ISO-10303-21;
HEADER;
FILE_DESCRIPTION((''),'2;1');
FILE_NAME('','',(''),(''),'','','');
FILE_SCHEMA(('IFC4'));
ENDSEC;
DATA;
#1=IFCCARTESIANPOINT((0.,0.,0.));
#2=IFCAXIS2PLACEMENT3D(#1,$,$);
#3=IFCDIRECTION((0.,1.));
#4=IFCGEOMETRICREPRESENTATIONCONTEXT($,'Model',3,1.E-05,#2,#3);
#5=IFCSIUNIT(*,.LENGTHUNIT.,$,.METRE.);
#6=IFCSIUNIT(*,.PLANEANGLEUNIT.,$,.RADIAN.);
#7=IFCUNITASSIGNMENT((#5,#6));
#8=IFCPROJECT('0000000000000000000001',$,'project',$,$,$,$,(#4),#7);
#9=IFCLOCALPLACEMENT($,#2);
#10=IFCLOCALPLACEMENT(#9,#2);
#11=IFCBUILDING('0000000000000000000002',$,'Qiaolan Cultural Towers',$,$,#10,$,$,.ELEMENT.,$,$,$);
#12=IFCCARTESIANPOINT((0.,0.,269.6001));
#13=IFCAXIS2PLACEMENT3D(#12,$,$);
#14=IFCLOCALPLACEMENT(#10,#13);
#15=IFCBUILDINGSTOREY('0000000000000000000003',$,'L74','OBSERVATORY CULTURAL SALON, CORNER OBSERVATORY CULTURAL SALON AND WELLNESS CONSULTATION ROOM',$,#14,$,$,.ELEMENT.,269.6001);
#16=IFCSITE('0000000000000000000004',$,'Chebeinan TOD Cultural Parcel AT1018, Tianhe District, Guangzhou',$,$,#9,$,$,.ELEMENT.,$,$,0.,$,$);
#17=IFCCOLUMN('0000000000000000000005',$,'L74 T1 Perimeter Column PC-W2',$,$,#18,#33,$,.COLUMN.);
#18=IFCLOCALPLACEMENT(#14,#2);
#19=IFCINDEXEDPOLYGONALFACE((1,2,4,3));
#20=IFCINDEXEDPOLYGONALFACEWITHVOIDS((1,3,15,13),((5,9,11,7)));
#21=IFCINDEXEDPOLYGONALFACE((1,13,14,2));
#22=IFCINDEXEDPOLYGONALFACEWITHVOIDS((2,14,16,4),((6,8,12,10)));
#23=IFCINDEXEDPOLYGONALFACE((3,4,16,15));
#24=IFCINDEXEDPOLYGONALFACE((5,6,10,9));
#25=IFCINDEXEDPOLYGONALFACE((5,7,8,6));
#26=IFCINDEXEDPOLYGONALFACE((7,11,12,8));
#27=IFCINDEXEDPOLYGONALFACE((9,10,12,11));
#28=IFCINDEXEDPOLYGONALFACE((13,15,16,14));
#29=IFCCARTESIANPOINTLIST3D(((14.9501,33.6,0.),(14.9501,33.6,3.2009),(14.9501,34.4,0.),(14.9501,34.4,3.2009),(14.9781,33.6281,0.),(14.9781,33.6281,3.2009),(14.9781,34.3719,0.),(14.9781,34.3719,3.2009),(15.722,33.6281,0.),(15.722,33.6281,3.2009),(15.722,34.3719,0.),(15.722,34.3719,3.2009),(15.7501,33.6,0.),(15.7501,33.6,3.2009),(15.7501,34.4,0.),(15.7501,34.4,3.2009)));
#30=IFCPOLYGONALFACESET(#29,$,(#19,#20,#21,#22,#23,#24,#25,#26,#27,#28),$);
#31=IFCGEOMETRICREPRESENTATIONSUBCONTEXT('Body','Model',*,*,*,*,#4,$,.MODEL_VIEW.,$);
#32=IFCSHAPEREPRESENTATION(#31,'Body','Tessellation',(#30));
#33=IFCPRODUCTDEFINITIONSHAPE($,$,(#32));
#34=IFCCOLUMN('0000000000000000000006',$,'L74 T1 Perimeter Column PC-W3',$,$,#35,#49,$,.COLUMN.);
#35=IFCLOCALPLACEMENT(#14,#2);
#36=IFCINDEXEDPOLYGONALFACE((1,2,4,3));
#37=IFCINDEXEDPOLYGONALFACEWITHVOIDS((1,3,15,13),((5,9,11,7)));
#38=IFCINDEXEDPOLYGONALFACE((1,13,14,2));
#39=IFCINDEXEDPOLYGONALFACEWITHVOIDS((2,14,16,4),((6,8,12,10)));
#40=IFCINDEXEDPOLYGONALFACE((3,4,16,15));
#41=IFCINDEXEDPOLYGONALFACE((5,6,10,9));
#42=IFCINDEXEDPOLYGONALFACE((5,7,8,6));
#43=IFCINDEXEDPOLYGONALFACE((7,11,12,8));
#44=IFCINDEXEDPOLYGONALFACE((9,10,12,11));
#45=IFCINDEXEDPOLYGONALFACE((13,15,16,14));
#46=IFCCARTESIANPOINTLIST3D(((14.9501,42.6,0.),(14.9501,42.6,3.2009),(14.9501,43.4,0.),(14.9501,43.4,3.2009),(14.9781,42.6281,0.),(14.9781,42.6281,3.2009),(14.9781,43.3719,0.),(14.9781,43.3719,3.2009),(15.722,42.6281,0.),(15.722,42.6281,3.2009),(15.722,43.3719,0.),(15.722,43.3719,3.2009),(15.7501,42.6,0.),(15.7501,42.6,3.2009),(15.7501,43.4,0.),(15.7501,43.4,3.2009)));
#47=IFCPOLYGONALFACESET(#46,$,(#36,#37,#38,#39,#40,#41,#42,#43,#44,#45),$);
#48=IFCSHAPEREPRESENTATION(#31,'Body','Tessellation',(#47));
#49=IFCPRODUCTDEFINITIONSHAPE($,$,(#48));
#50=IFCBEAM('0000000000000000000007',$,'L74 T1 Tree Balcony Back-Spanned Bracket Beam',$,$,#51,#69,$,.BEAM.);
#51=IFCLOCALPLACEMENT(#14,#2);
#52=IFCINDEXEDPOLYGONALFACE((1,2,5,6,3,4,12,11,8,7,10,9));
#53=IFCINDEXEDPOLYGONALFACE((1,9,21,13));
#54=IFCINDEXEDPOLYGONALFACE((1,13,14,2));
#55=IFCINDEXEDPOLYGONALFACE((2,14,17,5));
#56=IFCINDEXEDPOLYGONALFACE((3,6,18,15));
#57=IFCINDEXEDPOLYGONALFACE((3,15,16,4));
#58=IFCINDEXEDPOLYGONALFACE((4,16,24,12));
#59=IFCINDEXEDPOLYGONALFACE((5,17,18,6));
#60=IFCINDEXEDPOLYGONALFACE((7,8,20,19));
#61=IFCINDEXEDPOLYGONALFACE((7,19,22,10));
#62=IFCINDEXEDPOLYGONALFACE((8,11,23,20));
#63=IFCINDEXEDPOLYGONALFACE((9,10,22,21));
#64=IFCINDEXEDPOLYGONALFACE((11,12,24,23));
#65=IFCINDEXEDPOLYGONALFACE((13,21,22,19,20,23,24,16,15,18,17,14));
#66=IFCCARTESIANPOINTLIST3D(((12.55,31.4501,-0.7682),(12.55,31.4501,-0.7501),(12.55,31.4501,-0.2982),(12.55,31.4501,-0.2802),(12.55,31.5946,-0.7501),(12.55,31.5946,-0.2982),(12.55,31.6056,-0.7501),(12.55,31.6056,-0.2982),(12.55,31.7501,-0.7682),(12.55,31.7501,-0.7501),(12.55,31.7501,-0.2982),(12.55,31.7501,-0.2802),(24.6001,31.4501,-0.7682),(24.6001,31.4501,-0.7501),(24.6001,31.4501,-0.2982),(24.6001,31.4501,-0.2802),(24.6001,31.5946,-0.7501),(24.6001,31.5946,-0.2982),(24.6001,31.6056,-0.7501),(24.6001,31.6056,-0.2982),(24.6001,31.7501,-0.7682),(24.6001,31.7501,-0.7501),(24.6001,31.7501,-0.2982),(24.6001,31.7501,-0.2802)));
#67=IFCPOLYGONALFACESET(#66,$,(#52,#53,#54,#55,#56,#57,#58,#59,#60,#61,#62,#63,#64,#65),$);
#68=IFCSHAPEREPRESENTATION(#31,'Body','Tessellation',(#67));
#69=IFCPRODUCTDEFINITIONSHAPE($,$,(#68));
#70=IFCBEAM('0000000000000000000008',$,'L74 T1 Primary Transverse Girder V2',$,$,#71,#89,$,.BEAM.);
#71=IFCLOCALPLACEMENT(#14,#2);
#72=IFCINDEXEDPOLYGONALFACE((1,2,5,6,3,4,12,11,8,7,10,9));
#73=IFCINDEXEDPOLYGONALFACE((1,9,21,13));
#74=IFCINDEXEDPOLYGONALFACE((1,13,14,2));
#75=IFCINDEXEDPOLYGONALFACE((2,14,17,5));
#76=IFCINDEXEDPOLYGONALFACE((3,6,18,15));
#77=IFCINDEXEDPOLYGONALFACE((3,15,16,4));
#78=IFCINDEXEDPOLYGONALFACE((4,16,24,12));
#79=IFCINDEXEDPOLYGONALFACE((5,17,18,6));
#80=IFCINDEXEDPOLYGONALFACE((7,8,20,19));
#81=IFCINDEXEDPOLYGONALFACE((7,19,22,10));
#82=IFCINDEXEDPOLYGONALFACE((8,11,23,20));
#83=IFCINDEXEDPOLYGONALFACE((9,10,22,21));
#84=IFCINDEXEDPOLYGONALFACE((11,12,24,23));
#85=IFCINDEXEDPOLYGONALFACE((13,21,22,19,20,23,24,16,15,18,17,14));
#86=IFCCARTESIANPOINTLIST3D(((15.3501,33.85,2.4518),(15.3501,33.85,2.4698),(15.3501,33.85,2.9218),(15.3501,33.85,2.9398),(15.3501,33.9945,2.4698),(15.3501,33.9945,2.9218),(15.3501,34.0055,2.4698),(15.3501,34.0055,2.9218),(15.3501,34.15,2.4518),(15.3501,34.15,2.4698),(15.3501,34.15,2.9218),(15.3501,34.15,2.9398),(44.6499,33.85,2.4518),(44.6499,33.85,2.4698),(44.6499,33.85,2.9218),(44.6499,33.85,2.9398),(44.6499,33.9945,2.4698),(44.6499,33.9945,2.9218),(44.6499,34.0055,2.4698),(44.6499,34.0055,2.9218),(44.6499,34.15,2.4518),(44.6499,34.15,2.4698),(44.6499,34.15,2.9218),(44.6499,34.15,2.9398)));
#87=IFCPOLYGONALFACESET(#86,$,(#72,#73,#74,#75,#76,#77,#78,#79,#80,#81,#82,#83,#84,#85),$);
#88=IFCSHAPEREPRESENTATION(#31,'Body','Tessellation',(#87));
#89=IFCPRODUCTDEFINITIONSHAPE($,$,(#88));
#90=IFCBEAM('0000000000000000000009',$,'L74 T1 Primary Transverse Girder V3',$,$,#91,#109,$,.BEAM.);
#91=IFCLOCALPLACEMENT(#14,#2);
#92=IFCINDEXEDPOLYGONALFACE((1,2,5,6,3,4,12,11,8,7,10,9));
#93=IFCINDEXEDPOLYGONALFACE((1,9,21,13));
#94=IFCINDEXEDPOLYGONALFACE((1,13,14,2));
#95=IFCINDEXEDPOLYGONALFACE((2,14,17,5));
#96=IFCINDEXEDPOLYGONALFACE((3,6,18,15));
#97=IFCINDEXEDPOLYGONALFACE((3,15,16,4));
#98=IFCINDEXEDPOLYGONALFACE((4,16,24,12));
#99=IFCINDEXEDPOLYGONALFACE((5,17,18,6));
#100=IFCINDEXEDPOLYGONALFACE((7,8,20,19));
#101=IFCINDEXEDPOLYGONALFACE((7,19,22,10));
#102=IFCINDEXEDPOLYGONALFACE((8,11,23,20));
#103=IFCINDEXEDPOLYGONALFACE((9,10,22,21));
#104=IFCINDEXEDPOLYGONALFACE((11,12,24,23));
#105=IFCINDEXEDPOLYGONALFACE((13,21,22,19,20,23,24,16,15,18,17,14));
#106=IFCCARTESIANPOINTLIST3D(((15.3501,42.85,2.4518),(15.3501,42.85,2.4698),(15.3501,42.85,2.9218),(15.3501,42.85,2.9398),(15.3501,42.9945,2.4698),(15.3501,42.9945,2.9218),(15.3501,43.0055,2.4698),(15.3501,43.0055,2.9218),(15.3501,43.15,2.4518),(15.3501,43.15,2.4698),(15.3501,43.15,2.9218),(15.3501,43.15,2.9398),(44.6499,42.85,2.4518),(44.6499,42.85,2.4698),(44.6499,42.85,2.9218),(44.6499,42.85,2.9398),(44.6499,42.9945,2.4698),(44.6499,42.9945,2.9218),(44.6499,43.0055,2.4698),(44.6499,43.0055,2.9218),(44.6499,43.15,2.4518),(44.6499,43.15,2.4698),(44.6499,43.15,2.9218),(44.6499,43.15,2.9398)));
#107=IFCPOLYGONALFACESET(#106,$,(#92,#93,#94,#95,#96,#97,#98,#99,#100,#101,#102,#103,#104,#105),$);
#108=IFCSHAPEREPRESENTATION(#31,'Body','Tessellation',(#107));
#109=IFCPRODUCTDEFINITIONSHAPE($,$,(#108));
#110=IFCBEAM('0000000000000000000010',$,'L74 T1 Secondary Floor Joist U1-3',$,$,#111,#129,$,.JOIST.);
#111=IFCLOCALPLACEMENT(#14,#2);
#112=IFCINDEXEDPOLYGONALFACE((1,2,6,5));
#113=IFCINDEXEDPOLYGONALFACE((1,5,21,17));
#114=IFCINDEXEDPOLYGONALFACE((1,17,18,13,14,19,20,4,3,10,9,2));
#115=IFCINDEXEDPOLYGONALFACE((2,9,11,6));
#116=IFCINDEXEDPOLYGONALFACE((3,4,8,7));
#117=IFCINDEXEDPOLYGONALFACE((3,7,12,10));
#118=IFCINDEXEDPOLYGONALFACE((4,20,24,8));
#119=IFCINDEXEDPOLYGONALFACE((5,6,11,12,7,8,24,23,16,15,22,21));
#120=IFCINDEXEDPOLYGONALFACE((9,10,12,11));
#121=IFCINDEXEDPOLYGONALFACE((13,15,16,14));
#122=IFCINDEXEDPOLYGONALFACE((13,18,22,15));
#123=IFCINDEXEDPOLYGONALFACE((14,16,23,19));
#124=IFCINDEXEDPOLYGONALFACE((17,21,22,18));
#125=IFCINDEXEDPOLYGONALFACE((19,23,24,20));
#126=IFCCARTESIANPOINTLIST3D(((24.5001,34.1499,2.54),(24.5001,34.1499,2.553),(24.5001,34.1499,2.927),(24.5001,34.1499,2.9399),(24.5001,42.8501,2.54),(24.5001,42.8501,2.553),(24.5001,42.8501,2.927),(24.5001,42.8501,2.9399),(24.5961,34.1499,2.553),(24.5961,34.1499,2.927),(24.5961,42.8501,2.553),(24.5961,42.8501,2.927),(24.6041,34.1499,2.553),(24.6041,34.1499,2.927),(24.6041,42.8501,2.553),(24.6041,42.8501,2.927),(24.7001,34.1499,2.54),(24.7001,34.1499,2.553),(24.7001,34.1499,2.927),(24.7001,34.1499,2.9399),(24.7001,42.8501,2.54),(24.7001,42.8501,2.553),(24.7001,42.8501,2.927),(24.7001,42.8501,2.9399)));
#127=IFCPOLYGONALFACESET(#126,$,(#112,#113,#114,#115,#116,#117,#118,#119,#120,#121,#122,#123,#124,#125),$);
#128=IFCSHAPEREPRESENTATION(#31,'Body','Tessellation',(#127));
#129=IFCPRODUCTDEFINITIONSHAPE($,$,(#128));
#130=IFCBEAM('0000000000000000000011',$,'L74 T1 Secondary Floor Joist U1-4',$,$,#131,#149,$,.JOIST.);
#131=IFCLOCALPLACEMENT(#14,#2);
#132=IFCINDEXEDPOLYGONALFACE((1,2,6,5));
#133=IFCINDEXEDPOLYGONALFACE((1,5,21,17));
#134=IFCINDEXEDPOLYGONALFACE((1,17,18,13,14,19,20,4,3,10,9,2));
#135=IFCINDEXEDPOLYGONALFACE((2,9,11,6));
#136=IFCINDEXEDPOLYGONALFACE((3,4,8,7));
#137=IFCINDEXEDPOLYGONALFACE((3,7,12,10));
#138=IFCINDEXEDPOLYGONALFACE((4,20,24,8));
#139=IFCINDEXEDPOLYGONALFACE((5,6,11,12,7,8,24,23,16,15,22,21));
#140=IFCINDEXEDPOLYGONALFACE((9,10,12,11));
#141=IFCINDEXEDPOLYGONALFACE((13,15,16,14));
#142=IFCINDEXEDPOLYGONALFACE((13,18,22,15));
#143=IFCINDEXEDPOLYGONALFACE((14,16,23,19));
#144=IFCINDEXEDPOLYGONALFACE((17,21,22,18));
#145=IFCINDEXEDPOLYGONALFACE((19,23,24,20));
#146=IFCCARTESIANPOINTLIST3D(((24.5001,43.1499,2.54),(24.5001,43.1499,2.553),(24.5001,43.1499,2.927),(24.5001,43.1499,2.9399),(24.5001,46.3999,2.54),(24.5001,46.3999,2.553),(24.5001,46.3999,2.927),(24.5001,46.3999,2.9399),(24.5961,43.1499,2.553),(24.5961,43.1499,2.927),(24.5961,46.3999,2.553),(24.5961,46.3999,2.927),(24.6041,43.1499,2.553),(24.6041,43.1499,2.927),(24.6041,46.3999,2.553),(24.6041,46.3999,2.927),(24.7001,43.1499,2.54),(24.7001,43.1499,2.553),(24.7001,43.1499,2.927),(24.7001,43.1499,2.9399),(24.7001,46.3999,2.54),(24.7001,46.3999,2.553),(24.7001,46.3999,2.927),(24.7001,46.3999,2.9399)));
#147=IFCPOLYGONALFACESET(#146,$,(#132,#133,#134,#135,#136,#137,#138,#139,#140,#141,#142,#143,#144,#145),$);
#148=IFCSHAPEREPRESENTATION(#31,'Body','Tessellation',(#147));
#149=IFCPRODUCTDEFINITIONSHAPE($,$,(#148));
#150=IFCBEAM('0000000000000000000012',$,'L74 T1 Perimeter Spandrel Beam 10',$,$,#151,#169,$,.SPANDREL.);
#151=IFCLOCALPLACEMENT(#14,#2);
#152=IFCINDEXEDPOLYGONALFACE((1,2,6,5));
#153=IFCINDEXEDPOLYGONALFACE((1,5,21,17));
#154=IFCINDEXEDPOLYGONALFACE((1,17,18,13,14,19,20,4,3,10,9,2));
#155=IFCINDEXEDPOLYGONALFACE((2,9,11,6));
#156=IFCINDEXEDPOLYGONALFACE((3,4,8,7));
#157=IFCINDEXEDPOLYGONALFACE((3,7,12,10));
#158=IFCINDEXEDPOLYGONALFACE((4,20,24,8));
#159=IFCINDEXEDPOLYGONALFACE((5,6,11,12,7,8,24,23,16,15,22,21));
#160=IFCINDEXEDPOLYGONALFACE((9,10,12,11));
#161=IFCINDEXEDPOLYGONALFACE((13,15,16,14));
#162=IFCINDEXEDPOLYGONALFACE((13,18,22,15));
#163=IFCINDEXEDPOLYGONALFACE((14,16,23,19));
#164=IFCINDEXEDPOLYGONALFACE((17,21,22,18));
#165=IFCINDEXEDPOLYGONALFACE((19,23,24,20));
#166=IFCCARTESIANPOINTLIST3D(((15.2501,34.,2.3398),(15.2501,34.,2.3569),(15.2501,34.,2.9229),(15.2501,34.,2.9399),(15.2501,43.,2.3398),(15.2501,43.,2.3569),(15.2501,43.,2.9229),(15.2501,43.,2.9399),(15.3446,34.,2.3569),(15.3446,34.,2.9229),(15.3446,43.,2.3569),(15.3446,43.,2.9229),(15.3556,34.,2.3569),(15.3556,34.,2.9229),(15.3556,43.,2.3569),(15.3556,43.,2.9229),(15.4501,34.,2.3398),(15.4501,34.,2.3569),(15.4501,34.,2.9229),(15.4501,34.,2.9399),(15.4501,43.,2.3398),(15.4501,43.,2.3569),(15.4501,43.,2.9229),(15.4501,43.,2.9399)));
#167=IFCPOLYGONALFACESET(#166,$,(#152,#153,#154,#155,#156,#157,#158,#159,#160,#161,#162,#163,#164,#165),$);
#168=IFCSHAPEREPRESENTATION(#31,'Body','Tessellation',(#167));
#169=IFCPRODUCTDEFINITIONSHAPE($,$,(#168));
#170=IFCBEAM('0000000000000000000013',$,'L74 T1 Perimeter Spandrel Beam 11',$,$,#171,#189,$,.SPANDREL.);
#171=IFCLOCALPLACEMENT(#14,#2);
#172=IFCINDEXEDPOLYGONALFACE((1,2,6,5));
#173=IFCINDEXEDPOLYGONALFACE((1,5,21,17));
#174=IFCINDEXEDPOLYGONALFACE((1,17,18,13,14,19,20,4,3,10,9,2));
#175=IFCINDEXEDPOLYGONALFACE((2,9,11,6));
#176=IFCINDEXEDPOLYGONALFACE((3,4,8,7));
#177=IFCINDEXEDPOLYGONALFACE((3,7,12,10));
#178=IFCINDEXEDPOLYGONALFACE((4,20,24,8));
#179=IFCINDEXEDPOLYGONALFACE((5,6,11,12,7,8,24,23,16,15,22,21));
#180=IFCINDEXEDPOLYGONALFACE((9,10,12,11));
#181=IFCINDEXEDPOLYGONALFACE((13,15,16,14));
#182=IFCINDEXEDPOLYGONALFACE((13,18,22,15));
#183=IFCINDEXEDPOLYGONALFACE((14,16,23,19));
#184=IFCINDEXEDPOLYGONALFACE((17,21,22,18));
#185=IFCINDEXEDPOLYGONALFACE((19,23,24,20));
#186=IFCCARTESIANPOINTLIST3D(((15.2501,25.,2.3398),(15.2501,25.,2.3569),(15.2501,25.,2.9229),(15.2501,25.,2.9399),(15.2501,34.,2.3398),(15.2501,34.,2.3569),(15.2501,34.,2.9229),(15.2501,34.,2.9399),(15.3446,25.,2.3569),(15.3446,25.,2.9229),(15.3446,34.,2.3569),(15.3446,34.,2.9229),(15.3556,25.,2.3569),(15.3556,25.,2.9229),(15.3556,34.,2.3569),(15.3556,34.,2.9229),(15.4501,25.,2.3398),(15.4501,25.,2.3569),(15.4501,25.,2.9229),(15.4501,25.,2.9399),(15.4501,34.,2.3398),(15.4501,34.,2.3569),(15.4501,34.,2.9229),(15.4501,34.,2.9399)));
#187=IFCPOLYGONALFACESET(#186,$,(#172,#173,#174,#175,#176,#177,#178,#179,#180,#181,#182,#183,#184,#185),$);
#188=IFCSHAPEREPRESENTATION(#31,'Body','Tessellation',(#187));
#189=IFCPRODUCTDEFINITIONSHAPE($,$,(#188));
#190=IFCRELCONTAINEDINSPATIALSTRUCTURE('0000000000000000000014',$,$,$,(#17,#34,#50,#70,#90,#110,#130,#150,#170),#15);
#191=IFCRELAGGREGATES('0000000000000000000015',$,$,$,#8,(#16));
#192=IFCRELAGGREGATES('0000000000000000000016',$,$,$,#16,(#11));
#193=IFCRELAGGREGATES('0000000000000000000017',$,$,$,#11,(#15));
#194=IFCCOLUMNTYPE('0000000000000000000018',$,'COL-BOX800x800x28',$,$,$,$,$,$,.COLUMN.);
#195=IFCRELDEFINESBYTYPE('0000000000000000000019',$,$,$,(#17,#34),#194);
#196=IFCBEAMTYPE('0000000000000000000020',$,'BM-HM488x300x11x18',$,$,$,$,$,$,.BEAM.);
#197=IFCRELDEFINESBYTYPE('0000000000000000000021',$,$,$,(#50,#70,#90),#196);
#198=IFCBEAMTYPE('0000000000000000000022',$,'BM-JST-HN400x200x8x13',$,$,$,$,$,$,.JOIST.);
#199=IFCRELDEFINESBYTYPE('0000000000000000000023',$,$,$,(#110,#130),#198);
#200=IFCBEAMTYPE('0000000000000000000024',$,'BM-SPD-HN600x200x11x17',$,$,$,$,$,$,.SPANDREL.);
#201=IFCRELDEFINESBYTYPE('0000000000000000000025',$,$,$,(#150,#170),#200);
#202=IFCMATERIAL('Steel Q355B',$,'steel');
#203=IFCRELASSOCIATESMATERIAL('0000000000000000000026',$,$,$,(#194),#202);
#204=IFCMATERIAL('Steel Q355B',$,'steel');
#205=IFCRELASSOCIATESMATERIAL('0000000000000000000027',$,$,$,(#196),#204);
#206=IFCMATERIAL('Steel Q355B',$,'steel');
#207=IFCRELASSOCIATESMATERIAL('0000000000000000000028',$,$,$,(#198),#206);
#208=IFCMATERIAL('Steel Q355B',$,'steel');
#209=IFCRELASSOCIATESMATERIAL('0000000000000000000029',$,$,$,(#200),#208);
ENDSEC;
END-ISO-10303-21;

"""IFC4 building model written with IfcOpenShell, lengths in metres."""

from ifc_helpers import new_model, si_unit, direction, frame, origin, origin_2d, place, context, subcontext, project, spatial, hollow_rectangle, i_section, extrude, material, material_profile, profile_set, type_object, element, save


model = new_model("IFC4")

# Units and contexts
model_context = context("Model", 3, precision=1e-05, world=origin(), true_north=direction((0.0, 1.0)))
body_context = subcontext(model_context, "Body", "Model", "MODEL_VIEW")
ifc_project = project(units=[si_unit("LENGTHUNIT", "METRE"), si_unit("PLANEANGLEUNIT", "RADIAN")], contexts=[model_context])

# Site, building, storey
site_placement = place(None, origin())
site = spatial("IfcSite", under=ifc_project, at=site_placement, Name="Chebeinan TOD Cultural Parcel AT1018, Tianhe District, Guangzhou", CompositionType="ELEMENT", RefElevation=0.0)
building_placement = place(site_placement, origin())
building = spatial("IfcBuilding", under=site, at=building_placement, Name="Qiaolan Cultural Towers", CompositionType="ELEMENT")
storey_placement = place(building_placement, frame((0.0, 0.0, 269.6001)))
storey = spatial("IfcBuildingStorey", under=building, at=storey_placement, Name="L74", Description="OBSERVATORY CULTURAL SALON, CORNER OBSERVATORY CULTURAL SALON AND WELLNESS CONSULTATION ROOM", CompositionType="ELEMENT", Elevation=269.6001)

# Columns
ifc_material_1 = material(Name="Steel Q355B", Category="steel")
ifc_material_profile_1 = material_profile(ifc_material_1, hollow_rectangle(XDim=0.8, YDim=0.8, WallThickness=0.0281, at=origin_2d()), Name="BOX800x800x28")
ifc_profile_set_1 = profile_set([ifc_material_profile_1], Name="Steel Q355B")
column_type = type_object("IfcColumnType", Name="COL-BOX800x800x28", PredefinedType="COLUMN", material=ifc_profile_set_1)
for number, where, z_axis, x_axis, name in (
    (1, (15.3501, 34.0, 0.0), (0.0, 0.0, 1.0), (1.0, 0.0, 0.0), "L74 T1 Perimeter Column PC-W2"),
    (2, (15.3501, 43.0, 0.0), (0.0, 0.0, 1.0), (1.0, 0.0, 0.0), "L74 T1 Perimeter Column PC-W3"),
):
    element("IfcColumn", number, at=place(storey_placement, frame(where, z_axis=z_axis, x_axis=x_axis)), inside=storey, type_object=column_type, Name=name, PredefinedType="COLUMN", context=body_context, shape_type="SweptSolid", body=[
        extrude(hollow_rectangle(XDim=0.8, YDim=0.8, WallThickness=0.0281, at=origin_2d()), origin(), (0.0, 0.0, 1.0), 3.2009),
    ])

# Beams
ifc_material_2 = material(Name="Steel Q355B", Category="steel")
ifc_material_profile_2 = material_profile(ifc_material_2, i_section(OverallWidth=0.3, OverallDepth=0.488, WebThickness=0.011, FlangeThickness=0.0181, at=origin_2d()), Name="HM488x300x11x18")
ifc_profile_set_2 = profile_set([ifc_material_profile_2], Name="Steel Q355B")
beam_type_1 = type_object("IfcBeamType", Name="BM-HM488x300x11x18", PredefinedType="BEAM", material=ifc_profile_set_2)
beam_1_placement = place(storey_placement, frame((24.6001, 31.6001, -0.5242), z_axis=(-1.0, 0.0, 0.0), x_axis=(0.0, -1.0, 0.0)))
element("IfcBeam", 3, at=beam_1_placement, inside=storey, type_object=beam_type_1, Name="L74 T1 Tree Balcony Back-Spanned Bracket Beam", PredefinedType="BEAM", context=body_context, shape_type="SweptSolid", body=[
    extrude(i_section(OverallWidth=0.3, OverallDepth=0.488, WebThickness=0.011, FlangeThickness=0.0181, at=origin_2d()), origin(), (0.0, 0.0, 1.0), 12.05),
])
for number, where, z_axis, x_axis, name in (
    (4, (15.3501, 34.0, 2.6958), (1.0, 0.0, 0.0), (0.0, 1.0, 0.0), "L74 T1 Primary Transverse Girder V2"),
    (5, (15.3501, 43.0, 2.6958), (1.0, 0.0, 0.0), (0.0, 1.0, 0.0), "L74 T1 Primary Transverse Girder V3"),
):
    element("IfcBeam", number, at=place(storey_placement, frame(where, z_axis=z_axis, x_axis=x_axis)), inside=storey, type_object=beam_type_1, Name=name, PredefinedType="BEAM", context=body_context, shape_type="SweptSolid", body=[
        extrude(i_section(OverallWidth=0.3, OverallDepth=0.488, WebThickness=0.011, FlangeThickness=0.0181, at=origin_2d()), origin(), (0.0, 0.0, 1.0), 29.2998),
    ])
ifc_material_3 = material(Name="Steel Q355B", Category="steel")
ifc_material_profile_3 = material_profile(ifc_material_3, i_section(OverallWidth=0.2, OverallDepth=0.3999, WebThickness=0.0081, FlangeThickness=0.0129, at=origin_2d()), Name="HN400x200x8x13")
ifc_profile_set_3 = profile_set([ifc_material_profile_3], Name="Steel Q355B")
beam_type_2 = type_object("IfcBeamType", Name="BM-JST-HN400x200x8x13", PredefinedType="JOIST", material=ifc_profile_set_3)
beam_2_placement = place(storey_placement, frame((24.6001, 34.1499, 2.74), z_axis=(0.0, 1.0, 0.0), x_axis=(-1.0, 0.0, 0.0)))
element("IfcBeam", 6, at=beam_2_placement, inside=storey, type_object=beam_type_2, Name="L74 T1 Secondary Floor Joist U1-3", PredefinedType="JOIST", context=body_context, shape_type="SweptSolid", body=[
    extrude(i_section(OverallWidth=0.2, OverallDepth=0.3999, WebThickness=0.0081, FlangeThickness=0.0129, at=origin_2d()), origin(), (0.0, 0.0, 1.0), 8.7002),
])
beam_3_placement = place(storey_placement, frame((24.6001, 43.1499, 2.74), z_axis=(0.0, 1.0, 0.0), x_axis=(-1.0, 0.0, 0.0)))
element("IfcBeam", 7, at=beam_3_placement, inside=storey, type_object=beam_type_2, Name="L74 T1 Secondary Floor Joist U1-4", PredefinedType="JOIST", context=body_context, shape_type="SweptSolid", body=[
    extrude(i_section(OverallWidth=0.2, OverallDepth=0.3999, WebThickness=0.0081, FlangeThickness=0.0129, at=origin_2d()), origin(), (0.0, 0.0, 1.0), 3.25),
])
ifc_material_4 = material(Name="Steel Q355B", Category="steel")
ifc_material_profile_4 = material_profile(ifc_material_4, i_section(OverallWidth=0.2, OverallDepth=0.6001, WebThickness=0.011, FlangeThickness=0.0171, at=origin_2d()), Name="HN600x200x11x17")
ifc_profile_set_4 = profile_set([ifc_material_profile_4], Name="Steel Q355B")
beam_type_3 = type_object("IfcBeamType", Name="BM-SPD-HN600x200x11x17", PredefinedType="SPANDREL", material=ifc_profile_set_4)
for number, where, z_axis, x_axis, name in (
    (8, (15.3501, 43.0, 2.6399), (0.0, -1.0, 0.0), (1.0, 0.0, 0.0), "L74 T1 Perimeter Spandrel Beam 10"),
    (9, (15.3501, 34.0, 2.6399), (0.0, -1.0, 0.0), (1.0, 0.0, 0.0), "L74 T1 Perimeter Spandrel Beam 11"),
):
    element("IfcBeam", number, at=place(storey_placement, frame(where, z_axis=z_axis, x_axis=x_axis)), inside=storey, type_object=beam_type_3, Name=name, PredefinedType="SPANDREL", context=body_context, shape_type="SweptSolid", body=[
        extrude(i_section(OverallWidth=0.2, OverallDepth=0.6001, WebThickness=0.011, FlangeThickness=0.0171, at=origin_2d()), origin(), (0.0, 0.0, 1.0), 9.0),
    ])

save(model, "model.ifc")
